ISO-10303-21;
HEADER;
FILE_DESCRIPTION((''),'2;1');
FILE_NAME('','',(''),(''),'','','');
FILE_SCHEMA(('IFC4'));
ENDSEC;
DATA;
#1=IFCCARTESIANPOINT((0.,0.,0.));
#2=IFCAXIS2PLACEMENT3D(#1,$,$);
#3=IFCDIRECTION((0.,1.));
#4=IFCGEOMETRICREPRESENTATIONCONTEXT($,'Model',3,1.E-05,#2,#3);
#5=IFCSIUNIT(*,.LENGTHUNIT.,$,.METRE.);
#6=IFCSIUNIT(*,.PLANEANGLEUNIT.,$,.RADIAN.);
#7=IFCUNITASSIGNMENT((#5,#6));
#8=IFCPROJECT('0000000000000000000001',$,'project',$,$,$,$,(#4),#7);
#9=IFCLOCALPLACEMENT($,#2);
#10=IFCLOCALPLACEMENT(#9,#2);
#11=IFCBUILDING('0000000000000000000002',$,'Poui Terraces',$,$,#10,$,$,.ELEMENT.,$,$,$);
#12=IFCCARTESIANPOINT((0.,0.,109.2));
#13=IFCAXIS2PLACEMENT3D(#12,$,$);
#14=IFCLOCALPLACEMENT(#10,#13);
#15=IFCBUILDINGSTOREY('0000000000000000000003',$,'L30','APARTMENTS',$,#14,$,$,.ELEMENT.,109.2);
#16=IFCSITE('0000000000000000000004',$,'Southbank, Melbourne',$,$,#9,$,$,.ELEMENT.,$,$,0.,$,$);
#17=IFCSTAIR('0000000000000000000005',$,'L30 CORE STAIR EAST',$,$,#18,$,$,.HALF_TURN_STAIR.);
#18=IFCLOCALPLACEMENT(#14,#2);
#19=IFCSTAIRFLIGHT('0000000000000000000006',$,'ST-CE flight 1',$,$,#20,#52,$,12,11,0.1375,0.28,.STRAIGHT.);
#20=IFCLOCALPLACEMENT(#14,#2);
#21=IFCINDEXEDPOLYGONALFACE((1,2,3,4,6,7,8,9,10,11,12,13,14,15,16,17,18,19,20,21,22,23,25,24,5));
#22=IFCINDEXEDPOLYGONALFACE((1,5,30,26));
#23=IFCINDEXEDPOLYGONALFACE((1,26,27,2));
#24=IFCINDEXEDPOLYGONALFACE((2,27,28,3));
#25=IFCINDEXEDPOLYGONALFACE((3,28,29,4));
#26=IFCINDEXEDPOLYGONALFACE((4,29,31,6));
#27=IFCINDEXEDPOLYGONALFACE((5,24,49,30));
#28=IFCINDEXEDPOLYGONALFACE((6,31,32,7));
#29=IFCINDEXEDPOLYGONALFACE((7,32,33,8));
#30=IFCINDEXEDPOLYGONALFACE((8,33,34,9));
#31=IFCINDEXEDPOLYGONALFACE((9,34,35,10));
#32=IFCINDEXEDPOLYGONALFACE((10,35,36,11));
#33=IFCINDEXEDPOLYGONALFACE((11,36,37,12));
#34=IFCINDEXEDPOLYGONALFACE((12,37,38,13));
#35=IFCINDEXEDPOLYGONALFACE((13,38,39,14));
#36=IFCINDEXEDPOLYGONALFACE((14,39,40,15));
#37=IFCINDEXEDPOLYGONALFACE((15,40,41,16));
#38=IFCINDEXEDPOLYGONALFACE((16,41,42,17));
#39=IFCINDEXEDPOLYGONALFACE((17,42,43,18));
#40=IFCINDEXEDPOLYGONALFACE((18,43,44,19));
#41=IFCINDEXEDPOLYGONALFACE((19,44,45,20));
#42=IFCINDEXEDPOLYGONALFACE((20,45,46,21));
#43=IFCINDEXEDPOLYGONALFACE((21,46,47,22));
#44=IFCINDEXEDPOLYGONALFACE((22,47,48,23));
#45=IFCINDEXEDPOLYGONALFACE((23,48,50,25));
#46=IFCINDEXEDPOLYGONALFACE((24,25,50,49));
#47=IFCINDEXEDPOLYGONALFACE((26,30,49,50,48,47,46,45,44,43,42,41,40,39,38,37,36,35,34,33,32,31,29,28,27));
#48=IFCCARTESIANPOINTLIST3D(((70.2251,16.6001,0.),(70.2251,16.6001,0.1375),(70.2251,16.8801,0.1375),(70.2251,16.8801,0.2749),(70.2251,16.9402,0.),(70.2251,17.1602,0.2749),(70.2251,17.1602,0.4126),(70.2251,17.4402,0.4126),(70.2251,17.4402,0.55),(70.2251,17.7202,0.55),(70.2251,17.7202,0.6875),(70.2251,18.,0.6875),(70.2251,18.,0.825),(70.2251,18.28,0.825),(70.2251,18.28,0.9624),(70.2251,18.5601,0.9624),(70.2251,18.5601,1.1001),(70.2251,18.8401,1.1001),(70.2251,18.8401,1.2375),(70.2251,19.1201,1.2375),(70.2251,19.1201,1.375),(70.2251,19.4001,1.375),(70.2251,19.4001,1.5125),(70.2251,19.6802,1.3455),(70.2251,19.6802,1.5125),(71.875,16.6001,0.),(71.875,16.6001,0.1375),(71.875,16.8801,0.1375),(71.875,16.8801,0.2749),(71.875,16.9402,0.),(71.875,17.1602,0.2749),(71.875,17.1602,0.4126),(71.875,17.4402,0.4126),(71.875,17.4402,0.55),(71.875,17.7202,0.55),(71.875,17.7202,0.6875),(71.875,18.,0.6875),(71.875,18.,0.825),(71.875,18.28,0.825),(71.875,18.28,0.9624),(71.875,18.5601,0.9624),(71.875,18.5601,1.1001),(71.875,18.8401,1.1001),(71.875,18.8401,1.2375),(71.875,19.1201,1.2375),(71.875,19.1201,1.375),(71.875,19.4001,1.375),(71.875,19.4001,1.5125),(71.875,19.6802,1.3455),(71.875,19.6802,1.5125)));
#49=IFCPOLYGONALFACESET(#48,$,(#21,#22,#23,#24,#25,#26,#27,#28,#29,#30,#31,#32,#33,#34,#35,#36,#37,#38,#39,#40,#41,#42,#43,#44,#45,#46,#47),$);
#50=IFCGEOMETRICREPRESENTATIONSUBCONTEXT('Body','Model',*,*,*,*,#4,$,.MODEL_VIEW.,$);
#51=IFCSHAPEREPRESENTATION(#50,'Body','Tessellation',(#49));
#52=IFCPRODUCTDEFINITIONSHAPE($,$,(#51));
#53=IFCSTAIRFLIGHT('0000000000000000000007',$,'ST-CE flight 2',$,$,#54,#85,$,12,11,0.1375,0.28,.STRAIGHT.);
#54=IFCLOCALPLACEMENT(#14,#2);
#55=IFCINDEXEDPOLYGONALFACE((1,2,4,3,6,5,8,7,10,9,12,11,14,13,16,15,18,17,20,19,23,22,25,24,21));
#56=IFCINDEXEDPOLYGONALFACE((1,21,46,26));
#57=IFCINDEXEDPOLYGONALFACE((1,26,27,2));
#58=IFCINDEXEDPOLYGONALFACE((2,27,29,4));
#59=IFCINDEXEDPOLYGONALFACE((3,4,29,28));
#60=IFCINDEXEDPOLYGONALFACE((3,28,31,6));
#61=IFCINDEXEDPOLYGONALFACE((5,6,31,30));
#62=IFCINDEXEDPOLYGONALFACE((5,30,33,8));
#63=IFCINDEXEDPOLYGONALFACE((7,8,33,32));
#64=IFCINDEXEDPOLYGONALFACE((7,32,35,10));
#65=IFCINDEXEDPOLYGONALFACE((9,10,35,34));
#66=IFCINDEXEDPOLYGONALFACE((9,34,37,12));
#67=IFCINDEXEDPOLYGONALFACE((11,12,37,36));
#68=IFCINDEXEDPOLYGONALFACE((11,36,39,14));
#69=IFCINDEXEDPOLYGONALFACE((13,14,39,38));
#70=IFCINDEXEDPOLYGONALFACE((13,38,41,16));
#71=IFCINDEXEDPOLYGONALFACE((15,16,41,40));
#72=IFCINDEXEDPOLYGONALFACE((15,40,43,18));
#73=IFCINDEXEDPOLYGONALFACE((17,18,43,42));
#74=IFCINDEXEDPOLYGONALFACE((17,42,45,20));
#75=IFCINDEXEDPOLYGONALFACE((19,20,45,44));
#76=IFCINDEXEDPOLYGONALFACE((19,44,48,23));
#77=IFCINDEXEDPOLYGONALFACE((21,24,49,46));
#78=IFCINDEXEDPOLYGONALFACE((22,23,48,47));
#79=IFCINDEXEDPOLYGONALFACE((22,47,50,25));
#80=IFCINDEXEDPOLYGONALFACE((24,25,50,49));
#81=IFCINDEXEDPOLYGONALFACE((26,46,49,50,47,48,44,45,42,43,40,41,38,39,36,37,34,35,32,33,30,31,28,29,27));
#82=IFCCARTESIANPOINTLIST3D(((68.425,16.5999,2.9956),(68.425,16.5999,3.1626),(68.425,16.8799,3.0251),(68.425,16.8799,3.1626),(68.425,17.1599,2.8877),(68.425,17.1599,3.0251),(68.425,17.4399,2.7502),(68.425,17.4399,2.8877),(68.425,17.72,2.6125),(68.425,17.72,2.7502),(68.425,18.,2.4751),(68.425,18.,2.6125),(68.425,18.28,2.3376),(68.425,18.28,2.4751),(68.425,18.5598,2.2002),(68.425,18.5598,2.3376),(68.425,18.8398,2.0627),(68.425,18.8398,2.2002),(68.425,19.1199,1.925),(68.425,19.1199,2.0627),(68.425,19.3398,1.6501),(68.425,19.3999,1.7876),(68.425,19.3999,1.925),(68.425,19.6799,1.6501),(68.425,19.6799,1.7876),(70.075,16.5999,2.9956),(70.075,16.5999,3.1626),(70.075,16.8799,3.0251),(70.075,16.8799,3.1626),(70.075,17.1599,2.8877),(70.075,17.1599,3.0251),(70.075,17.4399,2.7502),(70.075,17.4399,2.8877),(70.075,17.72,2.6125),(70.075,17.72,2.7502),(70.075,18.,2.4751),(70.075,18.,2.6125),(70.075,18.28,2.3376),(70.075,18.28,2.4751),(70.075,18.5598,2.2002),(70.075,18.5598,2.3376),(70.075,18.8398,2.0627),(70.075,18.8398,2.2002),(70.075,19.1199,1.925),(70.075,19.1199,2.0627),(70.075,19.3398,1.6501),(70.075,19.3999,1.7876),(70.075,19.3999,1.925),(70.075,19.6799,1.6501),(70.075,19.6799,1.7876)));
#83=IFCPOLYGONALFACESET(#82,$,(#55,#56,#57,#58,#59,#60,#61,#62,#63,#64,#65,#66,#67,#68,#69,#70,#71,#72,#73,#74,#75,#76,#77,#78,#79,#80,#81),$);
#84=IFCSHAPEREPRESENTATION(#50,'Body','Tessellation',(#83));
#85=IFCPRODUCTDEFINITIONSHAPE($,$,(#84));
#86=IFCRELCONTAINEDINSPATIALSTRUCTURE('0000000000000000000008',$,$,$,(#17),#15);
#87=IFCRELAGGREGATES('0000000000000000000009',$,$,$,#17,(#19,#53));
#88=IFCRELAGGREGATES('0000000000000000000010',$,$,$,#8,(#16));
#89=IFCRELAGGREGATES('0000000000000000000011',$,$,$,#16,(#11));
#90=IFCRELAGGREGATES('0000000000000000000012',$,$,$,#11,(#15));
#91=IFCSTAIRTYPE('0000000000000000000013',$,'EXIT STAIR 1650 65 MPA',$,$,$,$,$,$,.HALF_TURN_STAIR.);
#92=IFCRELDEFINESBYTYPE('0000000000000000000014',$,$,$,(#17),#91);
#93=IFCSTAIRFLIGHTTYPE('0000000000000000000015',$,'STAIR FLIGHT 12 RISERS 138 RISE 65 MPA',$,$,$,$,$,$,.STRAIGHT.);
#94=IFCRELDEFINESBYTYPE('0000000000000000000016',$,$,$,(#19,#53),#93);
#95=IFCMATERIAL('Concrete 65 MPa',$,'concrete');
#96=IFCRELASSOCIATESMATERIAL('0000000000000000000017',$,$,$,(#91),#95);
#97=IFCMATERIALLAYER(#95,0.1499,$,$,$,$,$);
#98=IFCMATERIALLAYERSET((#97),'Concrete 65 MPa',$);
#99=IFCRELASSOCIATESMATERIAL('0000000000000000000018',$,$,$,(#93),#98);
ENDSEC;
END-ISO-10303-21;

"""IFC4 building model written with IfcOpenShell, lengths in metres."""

from ifc_helpers import new_model, si_unit, direction, frame, origin, place, context, subcontext, project, spatial, polyline, outline, extrude, material, layer, layer_set, type_object, element, aggregate, save


model = new_model("IFC4")

# Units and contexts
model_context = context("Model", 3, precision=1e-05, world=origin(), true_north=direction((0.0, 1.0)))
body_context = subcontext(model_context, "Body", "Model", "MODEL_VIEW")
ifc_project = project(units=[si_unit("LENGTHUNIT", "METRE"), si_unit("PLANEANGLEUNIT", "RADIAN")], contexts=[model_context])

# Site, building, storey
site_placement = place(None, origin())
site = spatial("IfcSite", under=ifc_project, at=site_placement, Name="Southbank, Melbourne", CompositionType="ELEMENT", RefElevation=0.0)
building_placement = place(site_placement, origin())
building = spatial("IfcBuilding", under=site, at=building_placement, Name="Poui Terraces", CompositionType="ELEMENT")
storey_placement = place(building_placement, frame((0.0, 0.0, 109.2)))
storey = spatial("IfcBuildingStorey", under=building, at=storey_placement, Name="L30", Description="APARTMENTS", CompositionType="ELEMENT", Elevation=109.2)

# Shared definitions
ifc_material_1 = material(Name="Concrete 65 MPa", Category="concrete")

# Stair, stair flights
stair_type = type_object("IfcStairType", Name="EXIT STAIR 1650 65 MPA", PredefinedType="HALF_TURN_STAIR", material=ifc_material_1)
stair_placement = place(storey_placement, origin())
stair = element("IfcStair", 1, at=stair_placement, inside=storey, type_object=stair_type, Name="L30 CORE STAIR EAST", PredefinedType="HALF_TURN_STAIR")
ifc_layer_1 = layer(ifc_material_1, 0.1499)
ifc_layer_set_1 = layer_set([ifc_layer_1], Name="Concrete 65 MPa")
stair_flight_type = type_object("IfcStairFlightType", Name="STAIR FLIGHT 12 RISERS 138 RISE 65 MPA", PredefinedType="STRAIGHT", material=ifc_layer_set_1)
stair_flight_1_placement = place(storey_placement, frame((71.05, 16.6001, 0.0), z_axis=(0.0, 0.0, 1.0), x_axis=(0.0, 1.0, 0.0)))
stair_flight_1 = element("IfcStairFlight", 2, at=stair_flight_1_placement, type_object=stair_flight_type, Name="ST-CE flight 1", NumberOfRisers=12, NumberOfTreads=11, PredefinedType="STRAIGHT", RiserHeight=0.1375, TreadLength=0.28, context=body_context, shape_type="SweptSolid", body=[
    extrude(outline(polyline([(0.0, 0.0), (0.0, 0.1375), (0.28, 0.1375), (0.28, 0.2749), (0.5601, 0.2749), (0.5601, 0.4126), (0.8401, 0.4126), (0.8401, 0.55), (1.1201, 0.55), (1.1201, 0.6875), (1.3999, 0.6875), (1.3999, 0.825), (1.6799, 0.825), (1.6799, 0.9624), (1.96, 0.9624), (1.96, 1.1001), (2.24, 1.1001), (2.24, 1.2375), (2.52, 1.2375), (2.52, 1.375), (2.8, 1.375), (2.8, 1.5125), (3.0801, 1.5125), (3.0801, 1.6499), (3.0801, 1.3455), (0.3401, 0.0), (0.0, 0.0)])), frame((0.0, 0.825, 0.0), z_axis=(0.0, -1.0, 0.0), x_axis=(1.0, 0.0, 0.0)), (0.0, 0.0, 1.0), 1.6499),
])
stair_flight_2_placement = place(storey_placement, frame((69.25, 19.6799, 1.6501), z_axis=(0.0, 0.0, 1.0), x_axis=(0.0, -1.0, 0.0)))
stair_flight_2 = element("IfcStairFlight", 3, at=stair_flight_2_placement, type_object=stair_flight_type, Name="ST-CE flight 2", NumberOfRisers=12, NumberOfTreads=11, PredefinedType="STRAIGHT", RiserHeight=0.1375, TreadLength=0.28, context=body_context, shape_type="SweptSolid", body=[
    extrude(outline(polyline([(0.0, 0.0), (0.0, 0.1375), (0.28, 0.1375), (0.28, 0.2749), (0.5601, 0.2749), (0.5601, 0.4126), (0.8401, 0.4126), (0.8401, 0.55), (1.1201, 0.55), (1.1201, 0.6875), (1.3999, 0.6875), (1.3999, 0.825), (1.6799, 0.825), (1.6799, 0.9624), (1.96, 0.9624), (1.96, 1.1001), (2.24, 1.1001), (2.24, 1.2375), (2.52, 1.2375), (2.52, 1.375), (2.8, 1.375), (2.8, 1.5125), (3.0801, 1.5125), (3.0801, 1.6499), (3.0801, 1.3455), (0.3401, 0.0), (0.0, 0.0)])), frame((0.0, 0.825, 0.0), z_axis=(0.0, -1.0, 0.0), x_axis=(1.0, 0.0, 0.0)), (0.0, 0.0, 1.0), 1.6499),
])
aggregate(stair, [stair_flight_1, stair_flight_2])

save(model, "model.ifc")
